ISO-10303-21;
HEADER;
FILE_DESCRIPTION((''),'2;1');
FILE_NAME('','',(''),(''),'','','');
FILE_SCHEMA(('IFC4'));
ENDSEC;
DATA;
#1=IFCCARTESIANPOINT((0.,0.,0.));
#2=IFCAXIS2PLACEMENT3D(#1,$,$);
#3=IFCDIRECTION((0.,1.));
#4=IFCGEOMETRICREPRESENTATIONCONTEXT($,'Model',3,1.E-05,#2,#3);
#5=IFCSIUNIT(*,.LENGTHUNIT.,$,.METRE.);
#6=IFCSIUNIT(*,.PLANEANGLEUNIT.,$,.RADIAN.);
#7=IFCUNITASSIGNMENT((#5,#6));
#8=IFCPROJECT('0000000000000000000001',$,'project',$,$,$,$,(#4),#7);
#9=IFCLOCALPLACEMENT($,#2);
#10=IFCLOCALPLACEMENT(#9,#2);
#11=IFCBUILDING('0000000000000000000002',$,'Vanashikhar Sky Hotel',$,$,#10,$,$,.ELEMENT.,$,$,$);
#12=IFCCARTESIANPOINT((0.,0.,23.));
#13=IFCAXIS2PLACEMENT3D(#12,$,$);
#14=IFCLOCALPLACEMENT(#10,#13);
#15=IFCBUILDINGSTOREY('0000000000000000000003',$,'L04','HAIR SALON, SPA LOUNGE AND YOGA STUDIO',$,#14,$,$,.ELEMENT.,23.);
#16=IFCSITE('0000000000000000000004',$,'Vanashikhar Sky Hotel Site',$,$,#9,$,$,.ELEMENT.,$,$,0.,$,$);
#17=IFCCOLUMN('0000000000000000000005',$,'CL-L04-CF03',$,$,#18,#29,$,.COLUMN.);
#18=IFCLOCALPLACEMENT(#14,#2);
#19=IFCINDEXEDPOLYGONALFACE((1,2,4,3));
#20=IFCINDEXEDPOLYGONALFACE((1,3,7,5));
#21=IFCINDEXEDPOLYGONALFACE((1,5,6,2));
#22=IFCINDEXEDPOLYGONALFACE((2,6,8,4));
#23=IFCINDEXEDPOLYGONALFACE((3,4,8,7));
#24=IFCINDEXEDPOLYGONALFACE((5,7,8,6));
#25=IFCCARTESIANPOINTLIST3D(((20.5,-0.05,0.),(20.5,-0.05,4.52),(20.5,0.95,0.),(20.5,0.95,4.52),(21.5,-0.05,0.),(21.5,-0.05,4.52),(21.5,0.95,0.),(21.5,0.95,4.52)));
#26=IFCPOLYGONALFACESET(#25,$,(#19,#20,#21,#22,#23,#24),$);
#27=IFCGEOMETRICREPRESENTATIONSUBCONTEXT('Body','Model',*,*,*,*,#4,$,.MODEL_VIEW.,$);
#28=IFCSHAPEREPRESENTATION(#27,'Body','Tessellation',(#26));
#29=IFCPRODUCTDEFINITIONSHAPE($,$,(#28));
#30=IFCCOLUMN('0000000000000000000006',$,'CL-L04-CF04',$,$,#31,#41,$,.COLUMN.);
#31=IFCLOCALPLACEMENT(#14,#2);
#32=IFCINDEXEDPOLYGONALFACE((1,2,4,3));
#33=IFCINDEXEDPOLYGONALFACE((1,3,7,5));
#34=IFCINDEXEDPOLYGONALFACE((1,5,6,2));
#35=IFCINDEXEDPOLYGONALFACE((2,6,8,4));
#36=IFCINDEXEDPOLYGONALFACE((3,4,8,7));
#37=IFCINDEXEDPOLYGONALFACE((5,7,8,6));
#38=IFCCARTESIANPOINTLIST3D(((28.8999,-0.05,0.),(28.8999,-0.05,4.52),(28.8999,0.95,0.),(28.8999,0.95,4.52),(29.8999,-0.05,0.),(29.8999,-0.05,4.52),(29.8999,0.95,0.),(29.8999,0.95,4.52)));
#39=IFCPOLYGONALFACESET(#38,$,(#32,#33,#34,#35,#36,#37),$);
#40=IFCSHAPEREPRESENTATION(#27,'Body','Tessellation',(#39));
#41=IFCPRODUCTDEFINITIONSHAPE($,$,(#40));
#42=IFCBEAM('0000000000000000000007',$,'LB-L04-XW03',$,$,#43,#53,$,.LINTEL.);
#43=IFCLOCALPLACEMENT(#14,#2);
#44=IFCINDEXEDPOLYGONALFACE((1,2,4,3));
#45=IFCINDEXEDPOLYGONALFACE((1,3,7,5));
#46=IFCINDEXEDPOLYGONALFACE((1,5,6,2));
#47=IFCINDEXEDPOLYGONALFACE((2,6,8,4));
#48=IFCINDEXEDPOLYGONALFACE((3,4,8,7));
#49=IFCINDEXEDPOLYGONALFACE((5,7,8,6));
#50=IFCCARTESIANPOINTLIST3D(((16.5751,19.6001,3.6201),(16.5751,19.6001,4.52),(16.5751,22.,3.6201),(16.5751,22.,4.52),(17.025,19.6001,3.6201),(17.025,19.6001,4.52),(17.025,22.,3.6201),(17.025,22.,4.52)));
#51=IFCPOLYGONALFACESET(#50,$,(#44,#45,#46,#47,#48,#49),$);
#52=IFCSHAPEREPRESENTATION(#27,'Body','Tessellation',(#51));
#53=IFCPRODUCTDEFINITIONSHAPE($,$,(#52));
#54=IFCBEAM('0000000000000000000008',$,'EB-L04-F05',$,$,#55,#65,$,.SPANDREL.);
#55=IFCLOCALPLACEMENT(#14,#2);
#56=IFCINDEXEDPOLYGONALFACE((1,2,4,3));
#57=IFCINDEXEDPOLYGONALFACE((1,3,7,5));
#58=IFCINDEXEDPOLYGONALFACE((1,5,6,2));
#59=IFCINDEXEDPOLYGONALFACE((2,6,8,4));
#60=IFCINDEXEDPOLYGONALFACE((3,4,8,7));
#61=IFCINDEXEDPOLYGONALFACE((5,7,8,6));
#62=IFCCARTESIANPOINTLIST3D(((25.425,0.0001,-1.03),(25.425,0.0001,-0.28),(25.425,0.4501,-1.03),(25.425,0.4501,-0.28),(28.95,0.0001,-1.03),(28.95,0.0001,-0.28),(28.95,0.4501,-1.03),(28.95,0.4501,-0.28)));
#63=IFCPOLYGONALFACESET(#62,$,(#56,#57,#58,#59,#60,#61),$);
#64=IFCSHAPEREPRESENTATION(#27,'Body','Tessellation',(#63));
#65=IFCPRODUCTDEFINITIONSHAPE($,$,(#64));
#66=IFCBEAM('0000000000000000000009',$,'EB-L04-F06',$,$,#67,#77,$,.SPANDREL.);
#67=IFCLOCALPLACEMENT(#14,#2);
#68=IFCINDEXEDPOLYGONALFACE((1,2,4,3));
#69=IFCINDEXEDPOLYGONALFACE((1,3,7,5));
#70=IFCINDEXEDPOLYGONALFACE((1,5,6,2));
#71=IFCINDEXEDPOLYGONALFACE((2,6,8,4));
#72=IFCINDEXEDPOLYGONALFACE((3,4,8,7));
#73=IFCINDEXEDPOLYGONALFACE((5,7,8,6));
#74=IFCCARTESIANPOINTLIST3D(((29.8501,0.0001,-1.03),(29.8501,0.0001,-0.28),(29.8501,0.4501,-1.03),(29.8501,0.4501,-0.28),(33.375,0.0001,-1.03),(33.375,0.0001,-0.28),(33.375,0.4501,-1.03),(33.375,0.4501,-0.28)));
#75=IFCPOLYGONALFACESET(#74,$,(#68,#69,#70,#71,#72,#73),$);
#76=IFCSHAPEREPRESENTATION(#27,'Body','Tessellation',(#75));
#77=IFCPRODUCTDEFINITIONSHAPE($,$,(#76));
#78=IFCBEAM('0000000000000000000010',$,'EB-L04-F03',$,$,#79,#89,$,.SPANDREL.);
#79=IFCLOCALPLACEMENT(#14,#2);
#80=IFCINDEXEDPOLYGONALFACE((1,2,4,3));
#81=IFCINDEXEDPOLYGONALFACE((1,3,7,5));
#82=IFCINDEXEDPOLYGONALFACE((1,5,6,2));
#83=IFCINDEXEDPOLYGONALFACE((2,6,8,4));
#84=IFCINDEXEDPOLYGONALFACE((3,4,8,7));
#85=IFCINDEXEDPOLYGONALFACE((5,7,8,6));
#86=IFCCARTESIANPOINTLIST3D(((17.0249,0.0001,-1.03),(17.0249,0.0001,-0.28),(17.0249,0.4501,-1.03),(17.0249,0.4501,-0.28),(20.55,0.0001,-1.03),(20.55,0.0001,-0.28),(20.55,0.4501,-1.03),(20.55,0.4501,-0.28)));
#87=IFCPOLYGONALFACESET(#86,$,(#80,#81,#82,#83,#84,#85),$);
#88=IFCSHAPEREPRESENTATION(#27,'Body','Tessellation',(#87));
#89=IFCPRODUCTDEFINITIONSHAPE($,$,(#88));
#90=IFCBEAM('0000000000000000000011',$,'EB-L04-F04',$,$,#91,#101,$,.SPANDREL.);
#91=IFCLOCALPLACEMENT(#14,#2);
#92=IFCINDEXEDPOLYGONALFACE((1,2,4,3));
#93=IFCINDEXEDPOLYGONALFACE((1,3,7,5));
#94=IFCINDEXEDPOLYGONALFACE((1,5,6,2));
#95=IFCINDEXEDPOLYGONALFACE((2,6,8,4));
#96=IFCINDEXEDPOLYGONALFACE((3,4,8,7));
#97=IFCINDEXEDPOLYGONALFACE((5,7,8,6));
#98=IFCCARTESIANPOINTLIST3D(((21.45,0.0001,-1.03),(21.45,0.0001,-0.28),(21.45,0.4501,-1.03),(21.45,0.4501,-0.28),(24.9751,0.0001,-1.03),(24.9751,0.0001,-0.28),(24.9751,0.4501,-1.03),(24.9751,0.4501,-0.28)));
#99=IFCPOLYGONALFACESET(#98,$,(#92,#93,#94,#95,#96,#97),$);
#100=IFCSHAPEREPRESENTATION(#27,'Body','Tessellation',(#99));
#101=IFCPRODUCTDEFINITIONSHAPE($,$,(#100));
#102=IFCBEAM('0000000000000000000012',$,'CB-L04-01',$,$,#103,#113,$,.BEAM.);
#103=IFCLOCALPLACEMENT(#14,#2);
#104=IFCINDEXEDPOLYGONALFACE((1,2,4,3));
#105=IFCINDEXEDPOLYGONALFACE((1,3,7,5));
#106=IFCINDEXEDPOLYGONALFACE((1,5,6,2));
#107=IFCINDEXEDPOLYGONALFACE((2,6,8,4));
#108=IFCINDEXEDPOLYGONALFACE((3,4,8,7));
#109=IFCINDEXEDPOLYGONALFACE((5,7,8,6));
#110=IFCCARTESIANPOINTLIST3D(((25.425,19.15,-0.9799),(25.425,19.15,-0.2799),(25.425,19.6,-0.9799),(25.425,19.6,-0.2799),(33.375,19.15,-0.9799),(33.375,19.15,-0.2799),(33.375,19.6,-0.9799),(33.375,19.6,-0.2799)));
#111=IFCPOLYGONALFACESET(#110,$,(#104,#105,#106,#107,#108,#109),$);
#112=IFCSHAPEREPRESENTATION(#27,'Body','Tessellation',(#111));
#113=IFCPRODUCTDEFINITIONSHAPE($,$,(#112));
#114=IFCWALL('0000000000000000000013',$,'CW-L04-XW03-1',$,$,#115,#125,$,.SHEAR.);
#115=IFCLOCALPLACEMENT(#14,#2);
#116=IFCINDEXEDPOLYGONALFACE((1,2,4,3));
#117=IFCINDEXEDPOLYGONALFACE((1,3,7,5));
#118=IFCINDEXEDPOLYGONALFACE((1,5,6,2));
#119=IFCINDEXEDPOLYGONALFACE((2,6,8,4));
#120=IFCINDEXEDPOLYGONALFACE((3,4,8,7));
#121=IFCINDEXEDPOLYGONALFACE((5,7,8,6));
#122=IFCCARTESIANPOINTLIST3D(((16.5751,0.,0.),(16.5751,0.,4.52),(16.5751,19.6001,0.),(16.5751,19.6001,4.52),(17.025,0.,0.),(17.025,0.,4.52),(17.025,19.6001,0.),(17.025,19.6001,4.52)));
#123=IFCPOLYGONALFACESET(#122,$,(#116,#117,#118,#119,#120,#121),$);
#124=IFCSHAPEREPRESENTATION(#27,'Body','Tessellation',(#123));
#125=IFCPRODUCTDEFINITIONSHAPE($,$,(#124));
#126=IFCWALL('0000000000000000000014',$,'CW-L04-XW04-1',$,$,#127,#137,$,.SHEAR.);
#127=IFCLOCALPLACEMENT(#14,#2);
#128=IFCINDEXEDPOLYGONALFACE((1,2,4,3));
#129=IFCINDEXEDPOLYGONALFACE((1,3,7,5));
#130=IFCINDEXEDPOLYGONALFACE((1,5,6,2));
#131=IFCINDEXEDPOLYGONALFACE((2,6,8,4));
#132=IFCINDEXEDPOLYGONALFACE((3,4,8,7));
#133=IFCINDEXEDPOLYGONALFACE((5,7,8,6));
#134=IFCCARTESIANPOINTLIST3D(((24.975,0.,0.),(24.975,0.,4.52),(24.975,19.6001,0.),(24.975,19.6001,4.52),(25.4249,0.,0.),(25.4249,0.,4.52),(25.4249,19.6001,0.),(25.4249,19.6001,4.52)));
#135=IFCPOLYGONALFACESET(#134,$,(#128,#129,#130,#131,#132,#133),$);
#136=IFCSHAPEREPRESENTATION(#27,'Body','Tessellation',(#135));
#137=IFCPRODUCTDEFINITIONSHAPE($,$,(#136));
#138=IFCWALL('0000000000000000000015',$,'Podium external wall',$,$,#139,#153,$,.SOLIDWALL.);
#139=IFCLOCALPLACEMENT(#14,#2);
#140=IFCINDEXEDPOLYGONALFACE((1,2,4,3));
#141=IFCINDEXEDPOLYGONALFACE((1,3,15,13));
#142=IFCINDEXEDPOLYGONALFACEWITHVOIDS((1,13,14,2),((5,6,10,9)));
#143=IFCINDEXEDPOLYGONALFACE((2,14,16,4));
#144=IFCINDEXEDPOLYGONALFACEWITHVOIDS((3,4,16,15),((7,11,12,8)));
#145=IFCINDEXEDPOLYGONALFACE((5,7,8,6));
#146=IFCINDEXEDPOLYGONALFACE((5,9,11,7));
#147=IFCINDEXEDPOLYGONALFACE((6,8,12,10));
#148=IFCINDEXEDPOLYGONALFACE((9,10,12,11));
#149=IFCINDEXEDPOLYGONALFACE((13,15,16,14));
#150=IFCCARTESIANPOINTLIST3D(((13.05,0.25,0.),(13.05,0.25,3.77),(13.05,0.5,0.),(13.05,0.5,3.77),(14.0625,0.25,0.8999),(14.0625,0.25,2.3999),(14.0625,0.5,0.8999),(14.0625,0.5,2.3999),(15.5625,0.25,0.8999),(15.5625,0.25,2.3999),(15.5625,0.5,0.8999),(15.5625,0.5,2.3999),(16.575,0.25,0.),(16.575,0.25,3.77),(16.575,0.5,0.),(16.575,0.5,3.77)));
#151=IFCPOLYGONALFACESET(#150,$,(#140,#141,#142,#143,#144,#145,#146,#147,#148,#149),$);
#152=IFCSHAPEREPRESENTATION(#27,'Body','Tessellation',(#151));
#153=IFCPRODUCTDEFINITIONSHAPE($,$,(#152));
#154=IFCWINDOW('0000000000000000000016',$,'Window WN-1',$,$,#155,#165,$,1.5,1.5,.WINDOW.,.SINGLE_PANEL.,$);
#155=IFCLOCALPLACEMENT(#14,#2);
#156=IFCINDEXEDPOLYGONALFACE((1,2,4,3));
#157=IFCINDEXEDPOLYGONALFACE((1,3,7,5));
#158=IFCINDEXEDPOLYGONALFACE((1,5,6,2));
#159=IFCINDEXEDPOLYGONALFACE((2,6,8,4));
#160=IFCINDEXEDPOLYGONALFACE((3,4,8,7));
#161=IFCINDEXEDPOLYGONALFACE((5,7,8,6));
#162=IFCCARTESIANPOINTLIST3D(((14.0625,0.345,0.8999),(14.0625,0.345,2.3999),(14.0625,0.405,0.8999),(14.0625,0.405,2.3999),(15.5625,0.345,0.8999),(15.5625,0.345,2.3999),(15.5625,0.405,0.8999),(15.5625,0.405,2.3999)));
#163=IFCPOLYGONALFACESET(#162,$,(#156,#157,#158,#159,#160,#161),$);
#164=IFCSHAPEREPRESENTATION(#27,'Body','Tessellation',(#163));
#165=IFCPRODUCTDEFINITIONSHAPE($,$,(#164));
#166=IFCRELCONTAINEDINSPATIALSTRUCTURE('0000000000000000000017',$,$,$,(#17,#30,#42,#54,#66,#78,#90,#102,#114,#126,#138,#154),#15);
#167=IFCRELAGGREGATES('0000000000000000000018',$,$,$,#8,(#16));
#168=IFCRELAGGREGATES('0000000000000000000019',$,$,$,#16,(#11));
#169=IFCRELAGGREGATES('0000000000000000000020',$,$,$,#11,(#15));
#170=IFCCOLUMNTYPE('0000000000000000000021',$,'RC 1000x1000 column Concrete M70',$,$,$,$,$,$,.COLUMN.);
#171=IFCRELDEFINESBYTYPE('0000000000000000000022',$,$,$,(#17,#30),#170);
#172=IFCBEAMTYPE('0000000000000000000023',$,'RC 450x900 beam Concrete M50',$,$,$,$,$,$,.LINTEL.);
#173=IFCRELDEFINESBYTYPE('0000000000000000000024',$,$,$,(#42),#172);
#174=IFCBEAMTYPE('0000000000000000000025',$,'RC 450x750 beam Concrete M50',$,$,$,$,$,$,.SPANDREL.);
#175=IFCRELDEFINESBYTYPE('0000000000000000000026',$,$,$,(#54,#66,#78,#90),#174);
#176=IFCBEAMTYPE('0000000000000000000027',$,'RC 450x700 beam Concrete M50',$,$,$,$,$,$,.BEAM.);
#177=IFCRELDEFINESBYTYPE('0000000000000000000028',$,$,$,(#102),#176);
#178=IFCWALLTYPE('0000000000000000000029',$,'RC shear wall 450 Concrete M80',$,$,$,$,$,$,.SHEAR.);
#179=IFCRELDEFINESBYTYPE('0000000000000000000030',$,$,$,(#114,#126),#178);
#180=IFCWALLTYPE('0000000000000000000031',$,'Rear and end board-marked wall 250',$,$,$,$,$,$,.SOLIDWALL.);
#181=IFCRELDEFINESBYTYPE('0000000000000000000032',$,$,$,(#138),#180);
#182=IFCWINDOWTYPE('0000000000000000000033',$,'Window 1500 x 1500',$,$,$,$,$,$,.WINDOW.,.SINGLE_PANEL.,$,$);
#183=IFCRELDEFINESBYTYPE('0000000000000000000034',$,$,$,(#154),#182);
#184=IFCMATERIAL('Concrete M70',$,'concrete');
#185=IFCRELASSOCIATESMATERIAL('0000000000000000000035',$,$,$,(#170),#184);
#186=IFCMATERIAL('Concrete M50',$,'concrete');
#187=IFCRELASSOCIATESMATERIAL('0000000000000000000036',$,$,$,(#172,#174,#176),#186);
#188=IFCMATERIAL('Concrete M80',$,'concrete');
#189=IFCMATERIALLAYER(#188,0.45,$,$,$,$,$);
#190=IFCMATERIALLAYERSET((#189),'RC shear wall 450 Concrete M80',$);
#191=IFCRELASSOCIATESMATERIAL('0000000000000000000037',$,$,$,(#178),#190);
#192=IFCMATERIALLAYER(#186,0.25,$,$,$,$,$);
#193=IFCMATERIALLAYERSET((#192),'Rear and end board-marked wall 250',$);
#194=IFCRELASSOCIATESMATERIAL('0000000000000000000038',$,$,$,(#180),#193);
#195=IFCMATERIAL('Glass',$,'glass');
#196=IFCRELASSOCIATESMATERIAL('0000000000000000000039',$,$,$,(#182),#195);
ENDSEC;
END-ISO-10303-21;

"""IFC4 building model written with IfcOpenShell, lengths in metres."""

from ifc_helpers import new_model, si_unit, direction, frame, frame_2d, origin, origin_2d, place, context, subcontext, project, spatial, rectangle, extrude, source, transform, mapped, material, layer, layer_set, material_profile, profile_set, type_object, element, fill, save


model = new_model("IFC4")

# Units and contexts
model_context = context("Model", 3, precision=1e-05, world=origin(), true_north=direction((0.0, 1.0)))
body_context = subcontext(model_context, "Body", "Model", "MODEL_VIEW")
ifc_project = project(units=[si_unit("LENGTHUNIT", "METRE"), si_unit("PLANEANGLEUNIT", "RADIAN")], contexts=[model_context])

# Site, building, storey
site_placement = place(None, origin())
site = spatial("IfcSite", under=ifc_project, at=site_placement, Name="Vanashikhar Sky Hotel Site", CompositionType="ELEMENT", RefElevation=0.0)
building_placement = place(site_placement, origin())
building = spatial("IfcBuilding", under=site, at=building_placement, Name="Vanashikhar Sky Hotel", CompositionType="ELEMENT")
storey_placement = place(building_placement, frame((0.0, 0.0, 23.0)))
storey = spatial("IfcBuildingStorey", under=building, at=storey_placement, Name="L04", Description="HAIR SALON, SPA LOUNGE AND YOGA STUDIO", CompositionType="ELEMENT", Elevation=23.0)

# Columns
ifc_material_1 = material(Name="Concrete M70", Category="concrete")
ifc_material_profile_1 = material_profile(ifc_material_1, rectangle(XDim=1.0, YDim=1.0, at=origin_2d()))
ifc_profile_set_1 = profile_set([ifc_material_profile_1], Name="RC 1000x1000 column Concrete M70")
column_type = type_object("IfcColumnType", Name="RC 1000x1000 column Concrete M70", PredefinedType="COLUMN", material=ifc_profile_set_1)
shared_shape_1 = source(origin(), body_context, "Body", "SweptSolid", [
    extrude(rectangle(XDim=1.0, YDim=1.0, at=origin_2d()), origin(), (0.0, 0.0, 1.0), 4.52),
])
for number, where, z_axis, x_axis, name in (
    (1, (21.0, 0.45, 0.0), (0.0, 0.0, 1.0), (1.0, 0.0, 0.0), "CL-L04-CF03"),
    (2, (29.3999, 0.45, 0.0), (0.0, 0.0, 1.0), (1.0, 0.0, 0.0), "CL-L04-CF04"),
):
    element("IfcColumn", number, at=place(storey_placement, frame(where, z_axis=z_axis, x_axis=x_axis)), inside=storey, type_object=column_type, Name=name, PredefinedType="COLUMN", context=body_context, shape_type="MappedRepresentation", body=[
        mapped(shared_shape_1, transform((0.0, 0.0, 0.0), scale=1.0)),
    ])

# Beams
ifc_material_2 = material(Name="Concrete M50", Category="concrete")
ifc_material_profile_2 = material_profile(ifc_material_2, rectangle(XDim=0.45, YDim=0.8999, at=origin_2d()))
ifc_profile_set_2 = profile_set([ifc_material_profile_2], Name="RC 450x900 beam Concrete M50")
beam_type_1 = type_object("IfcBeamType", Name="RC 450x900 beam Concrete M50", PredefinedType="LINTEL", material=ifc_profile_set_2)
shared_shape_2 = source(origin(), body_context, "Body", "SweptSolid", [
    extrude(rectangle(XDim=0.45, YDim=0.8999, at=origin_2d()), origin(), (0.0, 0.0, 1.0), 2.3999),
])
beam_1_placement = place(storey_placement, frame((16.8, 19.6001, 4.0701), z_axis=(0.0, 1.0, 0.0), x_axis=(-1.0, 0.0, 0.0)))
element("IfcBeam", 3, at=beam_1_placement, inside=storey, type_object=beam_type_1, Name="LB-L04-XW03", PredefinedType="LINTEL", context=body_context, shape_type="MappedRepresentation", body=[
    mapped(shared_shape_2, transform((0.0, 0.0, 0.0), scale=1.0)),
])
ifc_material_profile_3 = material_profile(ifc_material_2, rectangle(XDim=0.45, YDim=0.75, at=origin_2d()))
ifc_profile_set_3 = profile_set([ifc_material_profile_3], Name="RC 450x750 beam Concrete M50")
beam_type_2 = type_object("IfcBeamType", Name="RC 450x750 beam Concrete M50", PredefinedType="SPANDREL", material=ifc_profile_set_3)
shared_shape_3 = source(origin(), body_context, "Body", "SweptSolid", [
    extrude(rectangle(XDim=0.45, YDim=0.75, at=origin_2d()), origin(), (0.0, 0.0, 1.0), 3.5249),
])
for number, where, z_axis, x_axis, name in (
    (4, (25.425, 0.2251, -0.655), (1.0, 0.0, 0.0), (0.0, 1.0, 0.0), "EB-L04-F05"),
    (5, (29.8501, 0.2251, -0.655), (1.0, 0.0, 0.0), (0.0, 1.0, 0.0), "EB-L04-F06"),
):
    element("IfcBeam", number, at=place(storey_placement, frame(where, z_axis=z_axis, x_axis=x_axis)), inside=storey, type_object=beam_type_2, Name=name, PredefinedType="SPANDREL", context=body_context, shape_type="MappedRepresentation", body=[
        mapped(shared_shape_3, transform((0.0, 0.0, 0.0), scale=1.0)),
    ])
shared_shape_4 = source(origin(), body_context, "Body", "SweptSolid", [
    extrude(rectangle(XDim=0.45, YDim=0.75, at=origin_2d()), origin(), (0.0, 0.0, 1.0), 3.5251),
])
for number, where, z_axis, x_axis, name in (
    (6, (17.0249, 0.2251, -0.655), (1.0, 0.0, 0.0), (0.0, 1.0, 0.0), "EB-L04-F03"),
    (7, (21.45, 0.2251, -0.655), (1.0, 0.0, 0.0), (0.0, 1.0, 0.0), "EB-L04-F04"),
):
    element("IfcBeam", number, at=place(storey_placement, frame(where, z_axis=z_axis, x_axis=x_axis)), inside=storey, type_object=beam_type_2, Name=name, PredefinedType="SPANDREL", context=body_context, shape_type="MappedRepresentation", body=[
        mapped(shared_shape_4, transform((0.0, 0.0, 0.0), scale=1.0)),
    ])
ifc_material_profile_4 = material_profile(ifc_material_2, rectangle(XDim=0.45, YDim=0.7, at=origin_2d()))
ifc_profile_set_4 = profile_set([ifc_material_profile_4], Name="RC 450x700 beam Concrete M50")
beam_type_3 = type_object("IfcBeamType", Name="RC 450x700 beam Concrete M50", PredefinedType="BEAM", material=ifc_profile_set_4)
shared_shape_5 = source(origin(), body_context, "Body", "SweptSolid", [
    extrude(rectangle(XDim=0.45, YDim=0.7, at=origin_2d()), origin(), (0.0, 0.0, 1.0), 7.95),
])
beam_2_placement = place(storey_placement, frame((25.425, 19.375, -0.6299), z_axis=(1.0, 0.0, 0.0), x_axis=(0.0, 1.0, 0.0)))
element("IfcBeam", 8, at=beam_2_placement, inside=storey, type_object=beam_type_3, Name="CB-L04-01", PredefinedType="BEAM", context=body_context, shape_type="MappedRepresentation", body=[
    mapped(shared_shape_5, transform((0.0, 0.0, 0.0), scale=1.0)),
])

# Walls
ifc_material_3 = material(Name="Concrete M80", Category="concrete")
ifc_layer_1 = layer(ifc_material_3, 0.45)
ifc_layer_set_1 = layer_set([ifc_layer_1], Name="RC shear wall 450 Concrete M80")
wall_type_1 = type_object("IfcWallType", Name="RC shear wall 450 Concrete M80", PredefinedType="SHEAR", material=ifc_layer_set_1)
shared_shape_6 = source(origin(), body_context, "Body", "SweptSolid", [
    extrude(rectangle(XDim=19.6001, YDim=0.45, at=frame_2d((9.8, 0.0))), origin(), (0.0, 0.0, 1.0), 4.52),
])
for number, where, z_axis, x_axis, name in (
    (9, (16.8, 0.0, 0.0), (0.0, 0.0, 1.0), (0.0, 1.0, 0.0), "CW-L04-XW03-1"),
    (10, (25.2, 0.0, 0.0), (0.0, 0.0, 1.0), (0.0, 1.0, 0.0), "CW-L04-XW04-1"),
):
    element("IfcWall", number, at=place(storey_placement, frame(where, z_axis=z_axis, x_axis=x_axis)), inside=storey, type_object=wall_type_1, Name=name, PredefinedType="SHEAR", context=body_context, shape_type="MappedRepresentation", body=[
        mapped(shared_shape_6, transform((0.0, 0.0, 0.0), scale=1.0)),
    ])

# Wall, opening, window
ifc_layer_2 = layer(ifc_material_2, 0.25)
ifc_layer_set_2 = layer_set([ifc_layer_2], Name="Rear and end board-marked wall 250")
wall_type_2 = type_object("IfcWallType", Name="Rear and end board-marked wall 250", PredefinedType="SOLIDWALL", material=ifc_layer_set_2)
shared_shape_7 = source(origin(), body_context, "Body", "SweptSolid", [
    extrude(rectangle(XDim=3.5249, YDim=0.25, at=frame_2d((1.7625, 0.0))), origin(), (0.0, 0.0, 1.0), 3.77),
])
wall_1_placement = place(storey_placement, frame((13.05, 0.375, 0.0), z_axis=(0.0, 0.0, 1.0), x_axis=(1.0, 0.0, 0.0)))
wall_1 = element("IfcWall", 11, at=wall_1_placement, inside=storey, type_object=wall_type_2, Name="Podium external wall", PredefinedType="SOLIDWALL", context=body_context, shape_type="MappedRepresentation", body=[
    mapped(shared_shape_7, transform((0.0, 0.0, 0.0), scale=1.0)),
])
shared_shape_8 = source(origin(), body_context, "Body", "SweptSolid", [
    extrude(rectangle(XDim=1.5, YDim=1.5, at=frame_2d((0.75, 0.75))), frame((0.0, 0.135, 0.0), z_axis=(0.0, -1.0, 0.0), x_axis=(1.0, 0.0, 0.0)), (0.0, 0.0, 1.0), 0.27),
])
opening_1_placement = place(wall_1_placement, frame((1.0125, 0.0, 0.8999)))
opening_1 = element("IfcOpeningElement", 12, at=opening_1_placement, cuts=wall_1, PredefinedType="OPENING", context=body_context, shape_type="MappedRepresentation", body=[
    mapped(shared_shape_8, transform((0.0, 0.0, 0.0), scale=1.0)),
])
ifc_material_4 = material(Name="Glass", Category="glass")
window_type = type_object("IfcWindowType", Name="Window 1500 x 1500", PartitioningType="SINGLE_PANEL", PredefinedType="WINDOW", material=ifc_material_4)
shared_shape_9 = source(origin(), body_context, "Body", "SweptSolid", [
    extrude(rectangle(XDim=1.5, YDim=1.5, at=frame_2d((0.75, 0.75))), frame((0.0, 0.03, 0.0), z_axis=(0.0, -1.0, 0.0), x_axis=(1.0, 0.0, 0.0)), (0.0, 0.0, 1.0), 0.0601),
])
window_1_placement = place(opening_1_placement, origin())
window_1 = element("IfcWindow", 13, at=window_1_placement, inside=storey, type_object=window_type, Name="Window WN-1", OverallHeight=1.5, OverallWidth=1.5, PartitioningType="SINGLE_PANEL", PredefinedType="WINDOW", context=body_context, shape_type="MappedRepresentation", body=[
    mapped(shared_shape_9, transform((0.0, 0.0, 0.0), scale=1.0)),
])
fill(opening_1, window_1)

save(model, "model.ifc")
